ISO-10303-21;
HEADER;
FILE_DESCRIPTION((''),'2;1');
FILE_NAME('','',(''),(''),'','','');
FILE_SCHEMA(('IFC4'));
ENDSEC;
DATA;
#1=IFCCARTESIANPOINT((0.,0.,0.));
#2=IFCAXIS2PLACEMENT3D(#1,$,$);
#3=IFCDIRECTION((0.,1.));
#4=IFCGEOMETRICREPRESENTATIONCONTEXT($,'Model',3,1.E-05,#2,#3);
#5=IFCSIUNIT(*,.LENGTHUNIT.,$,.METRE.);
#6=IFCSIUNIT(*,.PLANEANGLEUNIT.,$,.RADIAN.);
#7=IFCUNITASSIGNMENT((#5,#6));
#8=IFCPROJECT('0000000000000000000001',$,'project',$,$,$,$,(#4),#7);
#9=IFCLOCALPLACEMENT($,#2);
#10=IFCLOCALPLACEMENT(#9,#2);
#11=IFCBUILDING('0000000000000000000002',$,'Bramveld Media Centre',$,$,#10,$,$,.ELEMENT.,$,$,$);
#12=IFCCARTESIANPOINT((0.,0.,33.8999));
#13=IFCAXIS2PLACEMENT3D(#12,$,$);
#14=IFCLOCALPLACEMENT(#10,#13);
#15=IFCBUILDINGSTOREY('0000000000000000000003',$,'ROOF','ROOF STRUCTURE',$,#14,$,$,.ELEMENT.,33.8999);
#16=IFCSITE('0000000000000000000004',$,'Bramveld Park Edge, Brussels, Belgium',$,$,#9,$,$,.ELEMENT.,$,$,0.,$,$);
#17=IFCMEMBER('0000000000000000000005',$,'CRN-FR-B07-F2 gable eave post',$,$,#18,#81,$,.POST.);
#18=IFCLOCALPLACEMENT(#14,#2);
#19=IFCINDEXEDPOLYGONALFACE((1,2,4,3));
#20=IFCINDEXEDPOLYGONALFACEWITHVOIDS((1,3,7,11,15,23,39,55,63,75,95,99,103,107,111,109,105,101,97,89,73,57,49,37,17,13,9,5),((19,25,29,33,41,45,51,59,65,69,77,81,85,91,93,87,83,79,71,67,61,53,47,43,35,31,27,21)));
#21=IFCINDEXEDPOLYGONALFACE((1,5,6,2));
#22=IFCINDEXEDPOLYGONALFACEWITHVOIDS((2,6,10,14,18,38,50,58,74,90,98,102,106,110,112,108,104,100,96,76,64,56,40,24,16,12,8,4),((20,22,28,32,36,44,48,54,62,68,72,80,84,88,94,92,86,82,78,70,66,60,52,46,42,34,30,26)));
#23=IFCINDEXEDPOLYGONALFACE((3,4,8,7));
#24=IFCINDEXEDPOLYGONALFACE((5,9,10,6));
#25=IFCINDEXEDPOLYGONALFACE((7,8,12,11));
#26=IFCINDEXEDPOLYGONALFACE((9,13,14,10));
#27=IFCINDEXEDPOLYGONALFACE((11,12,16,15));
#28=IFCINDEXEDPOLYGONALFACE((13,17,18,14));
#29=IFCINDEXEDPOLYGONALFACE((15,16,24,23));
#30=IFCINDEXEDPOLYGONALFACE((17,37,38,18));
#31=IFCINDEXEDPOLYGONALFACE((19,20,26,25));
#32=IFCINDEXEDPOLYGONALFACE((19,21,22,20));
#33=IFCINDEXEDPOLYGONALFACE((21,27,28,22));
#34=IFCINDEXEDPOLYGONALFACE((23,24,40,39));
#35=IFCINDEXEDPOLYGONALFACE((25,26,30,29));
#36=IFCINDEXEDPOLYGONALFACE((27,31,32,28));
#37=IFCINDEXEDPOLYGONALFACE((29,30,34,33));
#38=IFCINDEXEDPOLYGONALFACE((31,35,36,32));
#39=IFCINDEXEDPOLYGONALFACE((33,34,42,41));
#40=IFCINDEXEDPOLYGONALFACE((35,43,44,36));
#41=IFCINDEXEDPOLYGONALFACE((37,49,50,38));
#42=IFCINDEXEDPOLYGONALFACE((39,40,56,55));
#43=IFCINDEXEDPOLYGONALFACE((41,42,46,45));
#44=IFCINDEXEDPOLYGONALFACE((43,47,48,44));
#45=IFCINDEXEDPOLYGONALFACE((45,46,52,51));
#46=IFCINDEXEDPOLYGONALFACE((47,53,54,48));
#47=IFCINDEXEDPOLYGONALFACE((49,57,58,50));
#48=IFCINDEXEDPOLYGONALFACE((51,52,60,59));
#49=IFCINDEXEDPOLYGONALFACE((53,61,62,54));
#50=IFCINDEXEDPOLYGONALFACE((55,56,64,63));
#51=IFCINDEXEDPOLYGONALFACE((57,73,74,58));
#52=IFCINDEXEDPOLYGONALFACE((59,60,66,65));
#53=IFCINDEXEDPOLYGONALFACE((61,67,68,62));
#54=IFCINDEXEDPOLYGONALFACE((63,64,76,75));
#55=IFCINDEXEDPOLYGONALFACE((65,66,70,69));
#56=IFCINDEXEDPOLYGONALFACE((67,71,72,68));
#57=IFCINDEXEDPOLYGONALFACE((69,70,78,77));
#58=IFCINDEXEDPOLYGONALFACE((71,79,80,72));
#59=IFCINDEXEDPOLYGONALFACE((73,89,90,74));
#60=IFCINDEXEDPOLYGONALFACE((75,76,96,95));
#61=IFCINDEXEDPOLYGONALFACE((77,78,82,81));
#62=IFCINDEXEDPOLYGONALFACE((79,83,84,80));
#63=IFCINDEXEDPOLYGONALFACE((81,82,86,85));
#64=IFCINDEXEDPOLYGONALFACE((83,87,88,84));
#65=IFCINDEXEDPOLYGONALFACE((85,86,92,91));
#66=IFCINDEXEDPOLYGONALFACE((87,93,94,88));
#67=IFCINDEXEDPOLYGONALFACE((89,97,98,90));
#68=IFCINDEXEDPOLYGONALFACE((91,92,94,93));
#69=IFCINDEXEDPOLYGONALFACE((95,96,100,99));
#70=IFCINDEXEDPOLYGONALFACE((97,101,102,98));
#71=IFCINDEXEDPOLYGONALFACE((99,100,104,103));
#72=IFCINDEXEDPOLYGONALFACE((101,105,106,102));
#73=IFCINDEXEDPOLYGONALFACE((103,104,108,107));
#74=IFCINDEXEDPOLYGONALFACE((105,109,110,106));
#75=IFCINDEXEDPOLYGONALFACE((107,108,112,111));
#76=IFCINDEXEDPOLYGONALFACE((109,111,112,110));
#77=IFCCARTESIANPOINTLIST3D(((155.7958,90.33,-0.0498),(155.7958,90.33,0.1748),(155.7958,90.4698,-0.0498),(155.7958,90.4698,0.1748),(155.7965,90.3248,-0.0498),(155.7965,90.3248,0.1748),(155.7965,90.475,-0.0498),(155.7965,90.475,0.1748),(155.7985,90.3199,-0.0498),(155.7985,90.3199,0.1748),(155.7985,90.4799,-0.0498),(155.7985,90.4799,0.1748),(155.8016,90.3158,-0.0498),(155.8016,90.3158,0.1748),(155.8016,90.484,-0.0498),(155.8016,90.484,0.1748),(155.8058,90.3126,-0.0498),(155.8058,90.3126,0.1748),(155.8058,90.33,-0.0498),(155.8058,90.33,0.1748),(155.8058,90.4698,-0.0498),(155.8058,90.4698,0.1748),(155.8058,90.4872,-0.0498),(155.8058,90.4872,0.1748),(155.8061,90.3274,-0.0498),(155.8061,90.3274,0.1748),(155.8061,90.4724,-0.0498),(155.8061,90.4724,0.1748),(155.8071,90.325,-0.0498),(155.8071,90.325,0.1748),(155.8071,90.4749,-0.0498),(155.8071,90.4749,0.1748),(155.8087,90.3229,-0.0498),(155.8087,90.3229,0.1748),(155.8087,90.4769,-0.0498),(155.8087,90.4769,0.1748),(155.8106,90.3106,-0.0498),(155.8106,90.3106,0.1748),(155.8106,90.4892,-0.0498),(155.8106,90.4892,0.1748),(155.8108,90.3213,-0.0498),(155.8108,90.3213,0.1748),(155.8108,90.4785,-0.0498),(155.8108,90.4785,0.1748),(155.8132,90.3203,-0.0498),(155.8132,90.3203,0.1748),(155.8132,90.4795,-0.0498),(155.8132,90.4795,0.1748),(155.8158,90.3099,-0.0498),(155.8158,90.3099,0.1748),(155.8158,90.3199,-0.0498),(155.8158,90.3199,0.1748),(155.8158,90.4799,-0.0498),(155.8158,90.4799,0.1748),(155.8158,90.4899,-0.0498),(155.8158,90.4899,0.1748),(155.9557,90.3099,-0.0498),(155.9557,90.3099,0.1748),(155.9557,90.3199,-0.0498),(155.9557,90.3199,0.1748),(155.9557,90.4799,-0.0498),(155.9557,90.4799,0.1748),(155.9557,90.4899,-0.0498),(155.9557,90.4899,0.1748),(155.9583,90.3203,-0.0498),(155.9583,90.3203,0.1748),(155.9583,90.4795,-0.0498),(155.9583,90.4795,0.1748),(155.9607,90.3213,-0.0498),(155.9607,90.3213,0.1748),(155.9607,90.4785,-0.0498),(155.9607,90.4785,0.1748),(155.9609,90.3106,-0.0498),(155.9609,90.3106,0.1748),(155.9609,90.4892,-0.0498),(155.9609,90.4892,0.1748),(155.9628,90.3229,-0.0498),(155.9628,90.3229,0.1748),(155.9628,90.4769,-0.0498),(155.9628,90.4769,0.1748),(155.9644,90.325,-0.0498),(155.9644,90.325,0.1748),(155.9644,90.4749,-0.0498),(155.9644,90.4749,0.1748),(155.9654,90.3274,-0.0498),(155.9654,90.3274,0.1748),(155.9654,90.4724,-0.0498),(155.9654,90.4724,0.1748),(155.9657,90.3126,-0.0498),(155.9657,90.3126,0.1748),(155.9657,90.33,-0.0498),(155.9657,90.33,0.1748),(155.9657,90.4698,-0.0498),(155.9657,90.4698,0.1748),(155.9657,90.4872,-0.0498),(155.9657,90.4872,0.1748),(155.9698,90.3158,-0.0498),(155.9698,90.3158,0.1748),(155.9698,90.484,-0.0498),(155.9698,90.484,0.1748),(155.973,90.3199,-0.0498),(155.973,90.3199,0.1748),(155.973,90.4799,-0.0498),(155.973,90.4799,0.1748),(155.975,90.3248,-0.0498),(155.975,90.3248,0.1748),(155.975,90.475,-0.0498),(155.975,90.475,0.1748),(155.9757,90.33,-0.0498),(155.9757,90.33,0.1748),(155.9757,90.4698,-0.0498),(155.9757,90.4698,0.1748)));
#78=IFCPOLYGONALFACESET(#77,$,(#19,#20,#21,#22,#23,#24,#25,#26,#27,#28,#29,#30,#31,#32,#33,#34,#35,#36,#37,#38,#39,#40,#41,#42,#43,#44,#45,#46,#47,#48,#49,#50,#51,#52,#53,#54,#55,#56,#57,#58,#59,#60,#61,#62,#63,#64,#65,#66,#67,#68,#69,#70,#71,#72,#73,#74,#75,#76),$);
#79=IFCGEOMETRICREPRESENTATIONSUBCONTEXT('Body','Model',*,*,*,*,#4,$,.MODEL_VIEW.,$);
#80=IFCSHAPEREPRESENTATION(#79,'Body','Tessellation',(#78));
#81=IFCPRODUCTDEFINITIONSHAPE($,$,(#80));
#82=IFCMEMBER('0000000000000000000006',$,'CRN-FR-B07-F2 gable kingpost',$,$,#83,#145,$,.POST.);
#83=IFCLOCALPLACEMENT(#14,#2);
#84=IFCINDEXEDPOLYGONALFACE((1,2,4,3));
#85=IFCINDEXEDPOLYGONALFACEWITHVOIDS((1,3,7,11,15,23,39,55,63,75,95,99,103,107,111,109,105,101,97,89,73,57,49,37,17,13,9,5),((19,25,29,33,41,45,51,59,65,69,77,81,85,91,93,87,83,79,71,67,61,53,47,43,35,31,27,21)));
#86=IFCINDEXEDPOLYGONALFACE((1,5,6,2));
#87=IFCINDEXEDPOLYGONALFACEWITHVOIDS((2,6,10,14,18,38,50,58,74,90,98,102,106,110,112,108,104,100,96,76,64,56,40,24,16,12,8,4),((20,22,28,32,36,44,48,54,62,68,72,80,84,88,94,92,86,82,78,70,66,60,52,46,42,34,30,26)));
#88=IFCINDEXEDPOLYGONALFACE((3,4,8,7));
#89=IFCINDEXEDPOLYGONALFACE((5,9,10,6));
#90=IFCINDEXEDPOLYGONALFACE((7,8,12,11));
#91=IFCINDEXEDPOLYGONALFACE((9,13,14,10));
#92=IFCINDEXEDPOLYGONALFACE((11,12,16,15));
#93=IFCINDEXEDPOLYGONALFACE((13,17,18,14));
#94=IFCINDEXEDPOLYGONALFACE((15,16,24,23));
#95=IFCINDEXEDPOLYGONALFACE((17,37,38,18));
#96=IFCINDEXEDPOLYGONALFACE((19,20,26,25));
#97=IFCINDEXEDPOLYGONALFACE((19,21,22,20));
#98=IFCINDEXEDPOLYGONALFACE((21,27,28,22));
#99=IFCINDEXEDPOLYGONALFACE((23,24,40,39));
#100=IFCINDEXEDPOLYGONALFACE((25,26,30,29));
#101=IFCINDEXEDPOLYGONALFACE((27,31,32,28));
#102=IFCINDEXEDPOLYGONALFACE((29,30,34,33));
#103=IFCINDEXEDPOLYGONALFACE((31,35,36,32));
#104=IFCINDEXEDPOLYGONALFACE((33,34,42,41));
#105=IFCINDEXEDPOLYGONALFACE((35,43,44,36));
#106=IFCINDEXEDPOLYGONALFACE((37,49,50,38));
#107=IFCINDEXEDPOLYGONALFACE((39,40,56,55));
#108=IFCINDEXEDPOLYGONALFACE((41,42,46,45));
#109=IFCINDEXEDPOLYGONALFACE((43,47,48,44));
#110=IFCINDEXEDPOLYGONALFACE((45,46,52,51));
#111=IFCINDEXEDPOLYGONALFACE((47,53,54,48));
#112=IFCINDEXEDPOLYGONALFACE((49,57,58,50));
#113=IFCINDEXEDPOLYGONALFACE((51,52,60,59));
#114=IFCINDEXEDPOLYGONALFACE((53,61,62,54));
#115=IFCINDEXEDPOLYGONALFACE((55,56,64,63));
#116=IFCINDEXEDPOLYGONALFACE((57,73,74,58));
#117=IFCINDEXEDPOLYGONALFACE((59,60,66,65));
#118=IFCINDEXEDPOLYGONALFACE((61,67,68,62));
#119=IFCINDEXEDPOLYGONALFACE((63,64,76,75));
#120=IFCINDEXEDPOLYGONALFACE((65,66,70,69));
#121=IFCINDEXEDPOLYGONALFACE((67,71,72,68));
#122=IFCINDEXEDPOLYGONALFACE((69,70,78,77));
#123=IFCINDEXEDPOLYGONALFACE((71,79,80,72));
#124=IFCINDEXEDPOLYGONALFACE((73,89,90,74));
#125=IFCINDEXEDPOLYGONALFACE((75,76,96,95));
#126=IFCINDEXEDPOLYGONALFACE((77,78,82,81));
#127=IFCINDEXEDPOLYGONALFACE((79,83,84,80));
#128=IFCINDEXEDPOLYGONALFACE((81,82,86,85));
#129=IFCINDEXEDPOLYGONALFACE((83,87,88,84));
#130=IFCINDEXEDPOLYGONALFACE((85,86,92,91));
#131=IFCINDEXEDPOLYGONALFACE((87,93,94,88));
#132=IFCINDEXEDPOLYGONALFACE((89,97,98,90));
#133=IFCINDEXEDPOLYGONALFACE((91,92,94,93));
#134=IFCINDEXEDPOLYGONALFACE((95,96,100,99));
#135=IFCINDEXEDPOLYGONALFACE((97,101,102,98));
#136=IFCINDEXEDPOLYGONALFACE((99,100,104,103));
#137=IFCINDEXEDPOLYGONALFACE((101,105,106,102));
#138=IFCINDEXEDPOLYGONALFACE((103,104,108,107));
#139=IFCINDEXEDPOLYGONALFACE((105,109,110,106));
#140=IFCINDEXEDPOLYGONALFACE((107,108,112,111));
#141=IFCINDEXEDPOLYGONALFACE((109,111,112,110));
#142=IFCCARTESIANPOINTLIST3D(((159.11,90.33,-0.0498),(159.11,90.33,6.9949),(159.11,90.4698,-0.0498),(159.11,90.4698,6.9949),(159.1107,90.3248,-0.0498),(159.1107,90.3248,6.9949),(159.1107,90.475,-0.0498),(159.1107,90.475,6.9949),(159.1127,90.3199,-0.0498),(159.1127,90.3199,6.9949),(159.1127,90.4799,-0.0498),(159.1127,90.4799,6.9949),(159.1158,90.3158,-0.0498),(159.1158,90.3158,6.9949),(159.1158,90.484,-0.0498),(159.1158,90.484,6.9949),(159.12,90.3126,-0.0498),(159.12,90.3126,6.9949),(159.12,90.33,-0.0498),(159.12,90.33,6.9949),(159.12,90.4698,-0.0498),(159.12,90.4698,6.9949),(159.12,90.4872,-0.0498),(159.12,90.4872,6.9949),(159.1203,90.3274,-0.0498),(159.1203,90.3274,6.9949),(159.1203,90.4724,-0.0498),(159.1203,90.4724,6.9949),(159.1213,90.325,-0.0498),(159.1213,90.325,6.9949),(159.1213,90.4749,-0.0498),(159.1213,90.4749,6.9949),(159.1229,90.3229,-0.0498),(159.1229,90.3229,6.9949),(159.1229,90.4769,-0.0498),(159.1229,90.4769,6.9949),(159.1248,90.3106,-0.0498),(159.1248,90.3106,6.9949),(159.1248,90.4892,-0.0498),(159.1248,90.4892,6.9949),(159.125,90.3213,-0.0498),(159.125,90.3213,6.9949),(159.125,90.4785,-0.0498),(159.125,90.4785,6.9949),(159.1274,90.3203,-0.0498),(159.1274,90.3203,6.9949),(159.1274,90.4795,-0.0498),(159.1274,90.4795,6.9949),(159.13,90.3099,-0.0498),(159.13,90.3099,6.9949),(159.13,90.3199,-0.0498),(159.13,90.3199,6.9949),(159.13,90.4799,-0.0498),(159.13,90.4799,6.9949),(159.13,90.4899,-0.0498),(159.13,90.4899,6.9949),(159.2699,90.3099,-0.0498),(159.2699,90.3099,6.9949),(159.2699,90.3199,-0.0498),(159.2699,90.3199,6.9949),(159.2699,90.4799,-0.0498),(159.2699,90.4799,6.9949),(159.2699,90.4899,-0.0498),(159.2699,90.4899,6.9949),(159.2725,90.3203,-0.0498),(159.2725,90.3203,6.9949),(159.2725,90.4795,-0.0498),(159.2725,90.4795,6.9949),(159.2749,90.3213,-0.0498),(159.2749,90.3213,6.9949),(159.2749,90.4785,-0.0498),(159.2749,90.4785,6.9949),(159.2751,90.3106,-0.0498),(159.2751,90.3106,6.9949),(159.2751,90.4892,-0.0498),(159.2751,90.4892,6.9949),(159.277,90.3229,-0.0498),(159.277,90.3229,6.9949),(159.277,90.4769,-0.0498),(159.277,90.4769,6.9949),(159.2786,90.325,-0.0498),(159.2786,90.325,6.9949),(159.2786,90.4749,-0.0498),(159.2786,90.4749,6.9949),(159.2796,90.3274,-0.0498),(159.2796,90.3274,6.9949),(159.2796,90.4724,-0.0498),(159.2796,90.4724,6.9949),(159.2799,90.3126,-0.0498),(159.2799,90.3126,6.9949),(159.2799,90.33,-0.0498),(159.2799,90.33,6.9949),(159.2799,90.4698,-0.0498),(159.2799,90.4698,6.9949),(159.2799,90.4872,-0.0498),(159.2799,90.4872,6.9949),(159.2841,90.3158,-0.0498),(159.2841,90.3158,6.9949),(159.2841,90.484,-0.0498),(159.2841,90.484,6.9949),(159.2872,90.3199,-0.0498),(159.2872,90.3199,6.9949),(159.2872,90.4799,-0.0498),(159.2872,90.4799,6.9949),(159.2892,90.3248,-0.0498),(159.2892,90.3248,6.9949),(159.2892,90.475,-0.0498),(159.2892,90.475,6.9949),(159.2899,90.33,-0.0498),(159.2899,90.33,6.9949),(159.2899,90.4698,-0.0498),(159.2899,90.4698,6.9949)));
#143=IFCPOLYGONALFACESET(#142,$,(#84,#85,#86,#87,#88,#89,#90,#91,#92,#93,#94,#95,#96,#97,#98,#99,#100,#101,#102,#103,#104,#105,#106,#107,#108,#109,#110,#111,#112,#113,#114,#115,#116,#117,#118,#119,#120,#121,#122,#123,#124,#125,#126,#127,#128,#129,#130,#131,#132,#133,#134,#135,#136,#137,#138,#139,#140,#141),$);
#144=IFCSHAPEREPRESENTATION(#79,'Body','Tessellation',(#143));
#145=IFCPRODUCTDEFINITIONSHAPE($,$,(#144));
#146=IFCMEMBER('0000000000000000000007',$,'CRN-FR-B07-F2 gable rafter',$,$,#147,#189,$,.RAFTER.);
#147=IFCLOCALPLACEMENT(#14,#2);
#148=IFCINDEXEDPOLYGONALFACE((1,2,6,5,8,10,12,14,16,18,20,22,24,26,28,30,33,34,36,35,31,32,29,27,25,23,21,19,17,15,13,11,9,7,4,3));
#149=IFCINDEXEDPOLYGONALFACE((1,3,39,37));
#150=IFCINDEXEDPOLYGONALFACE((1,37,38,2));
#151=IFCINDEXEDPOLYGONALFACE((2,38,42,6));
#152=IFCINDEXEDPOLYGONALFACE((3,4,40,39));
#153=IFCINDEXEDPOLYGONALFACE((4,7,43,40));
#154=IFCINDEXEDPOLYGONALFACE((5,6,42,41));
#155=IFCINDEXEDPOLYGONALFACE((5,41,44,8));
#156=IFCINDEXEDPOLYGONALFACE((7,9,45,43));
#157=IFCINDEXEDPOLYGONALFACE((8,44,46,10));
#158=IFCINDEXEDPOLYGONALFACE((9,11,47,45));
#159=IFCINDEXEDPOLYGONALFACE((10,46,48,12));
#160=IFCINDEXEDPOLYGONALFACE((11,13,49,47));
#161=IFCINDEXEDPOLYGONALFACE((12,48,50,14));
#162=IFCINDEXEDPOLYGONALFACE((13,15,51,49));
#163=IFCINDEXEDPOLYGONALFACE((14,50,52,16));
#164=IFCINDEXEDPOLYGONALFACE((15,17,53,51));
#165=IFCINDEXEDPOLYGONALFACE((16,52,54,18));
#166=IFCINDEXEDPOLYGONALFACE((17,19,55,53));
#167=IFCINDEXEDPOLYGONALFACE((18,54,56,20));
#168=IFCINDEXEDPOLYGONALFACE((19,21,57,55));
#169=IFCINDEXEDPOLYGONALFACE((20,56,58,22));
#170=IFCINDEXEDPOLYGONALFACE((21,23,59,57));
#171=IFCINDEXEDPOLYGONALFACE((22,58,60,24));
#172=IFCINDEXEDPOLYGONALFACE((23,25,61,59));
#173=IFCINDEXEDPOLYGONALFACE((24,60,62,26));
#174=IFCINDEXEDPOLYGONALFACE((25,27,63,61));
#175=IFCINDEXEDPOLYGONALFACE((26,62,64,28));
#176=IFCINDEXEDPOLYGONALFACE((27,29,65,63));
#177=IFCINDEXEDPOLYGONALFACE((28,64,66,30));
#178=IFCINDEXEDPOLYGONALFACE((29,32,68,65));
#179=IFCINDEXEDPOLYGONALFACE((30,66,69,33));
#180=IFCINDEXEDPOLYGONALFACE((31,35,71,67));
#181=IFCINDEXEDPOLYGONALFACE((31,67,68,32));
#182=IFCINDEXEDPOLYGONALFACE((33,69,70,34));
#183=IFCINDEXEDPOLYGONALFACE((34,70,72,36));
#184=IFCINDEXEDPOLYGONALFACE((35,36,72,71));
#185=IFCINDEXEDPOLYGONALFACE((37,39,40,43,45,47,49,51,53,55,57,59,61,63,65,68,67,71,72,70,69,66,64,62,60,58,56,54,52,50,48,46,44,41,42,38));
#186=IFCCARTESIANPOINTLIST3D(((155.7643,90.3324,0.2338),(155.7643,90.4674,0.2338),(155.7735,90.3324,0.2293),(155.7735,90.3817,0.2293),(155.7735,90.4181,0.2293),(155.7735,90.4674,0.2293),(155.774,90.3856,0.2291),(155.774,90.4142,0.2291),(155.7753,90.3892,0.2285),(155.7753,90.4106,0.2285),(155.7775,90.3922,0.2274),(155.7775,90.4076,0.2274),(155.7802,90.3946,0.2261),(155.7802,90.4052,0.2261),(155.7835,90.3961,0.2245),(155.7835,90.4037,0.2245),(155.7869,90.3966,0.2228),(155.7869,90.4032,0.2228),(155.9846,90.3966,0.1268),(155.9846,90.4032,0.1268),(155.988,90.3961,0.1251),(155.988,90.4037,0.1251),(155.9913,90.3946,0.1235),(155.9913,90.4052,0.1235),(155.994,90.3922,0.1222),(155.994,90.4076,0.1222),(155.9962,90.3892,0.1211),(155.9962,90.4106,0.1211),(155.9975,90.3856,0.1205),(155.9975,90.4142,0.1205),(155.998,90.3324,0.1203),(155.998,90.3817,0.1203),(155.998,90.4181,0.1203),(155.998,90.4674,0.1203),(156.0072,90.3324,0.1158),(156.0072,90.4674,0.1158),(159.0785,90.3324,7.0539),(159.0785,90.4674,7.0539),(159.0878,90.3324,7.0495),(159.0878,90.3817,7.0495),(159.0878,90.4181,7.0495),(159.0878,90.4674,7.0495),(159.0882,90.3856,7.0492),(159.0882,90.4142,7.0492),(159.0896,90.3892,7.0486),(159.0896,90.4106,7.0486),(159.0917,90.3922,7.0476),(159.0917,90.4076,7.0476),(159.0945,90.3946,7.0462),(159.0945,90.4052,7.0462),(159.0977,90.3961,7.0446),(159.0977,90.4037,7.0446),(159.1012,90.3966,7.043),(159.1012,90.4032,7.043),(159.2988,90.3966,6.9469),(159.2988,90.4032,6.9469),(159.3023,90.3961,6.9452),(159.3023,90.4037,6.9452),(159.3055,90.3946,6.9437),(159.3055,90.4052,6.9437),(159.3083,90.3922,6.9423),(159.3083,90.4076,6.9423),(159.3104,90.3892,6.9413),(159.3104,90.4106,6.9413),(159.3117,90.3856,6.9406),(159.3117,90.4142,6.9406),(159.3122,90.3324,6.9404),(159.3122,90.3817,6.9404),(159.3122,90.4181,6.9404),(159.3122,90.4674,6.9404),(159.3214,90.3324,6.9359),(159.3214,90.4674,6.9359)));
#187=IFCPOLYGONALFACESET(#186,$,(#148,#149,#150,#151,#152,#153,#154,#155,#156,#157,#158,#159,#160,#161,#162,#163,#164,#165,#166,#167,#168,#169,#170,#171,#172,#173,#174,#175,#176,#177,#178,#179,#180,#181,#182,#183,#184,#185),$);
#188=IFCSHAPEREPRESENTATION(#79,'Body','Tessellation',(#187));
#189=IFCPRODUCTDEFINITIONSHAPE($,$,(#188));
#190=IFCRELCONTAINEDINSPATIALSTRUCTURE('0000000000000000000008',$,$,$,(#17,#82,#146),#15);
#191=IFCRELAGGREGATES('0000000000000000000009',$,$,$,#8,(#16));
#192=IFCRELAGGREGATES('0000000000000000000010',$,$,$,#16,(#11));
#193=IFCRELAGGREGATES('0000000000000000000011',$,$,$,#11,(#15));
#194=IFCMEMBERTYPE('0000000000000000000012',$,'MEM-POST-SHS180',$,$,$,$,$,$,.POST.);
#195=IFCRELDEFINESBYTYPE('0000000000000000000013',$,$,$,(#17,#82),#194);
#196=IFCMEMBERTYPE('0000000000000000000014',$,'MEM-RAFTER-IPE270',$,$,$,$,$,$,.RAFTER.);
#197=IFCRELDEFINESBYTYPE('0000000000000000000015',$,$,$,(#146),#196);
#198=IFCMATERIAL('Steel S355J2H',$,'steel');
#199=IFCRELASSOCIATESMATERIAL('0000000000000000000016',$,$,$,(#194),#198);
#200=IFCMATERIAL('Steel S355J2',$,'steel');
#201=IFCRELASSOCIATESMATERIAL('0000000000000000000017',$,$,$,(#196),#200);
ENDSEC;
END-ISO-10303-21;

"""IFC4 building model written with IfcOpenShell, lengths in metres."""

from ifc_helpers import new_model, si_unit, direction, frame, origin, origin_2d, place, context, subcontext, project, spatial, hollow_rectangle, i_section, extrude, material, material_profile, profile_set, type_object, element, save


model = new_model("IFC4")

# Units and contexts
model_context = context("Model", 3, precision=1e-05, world=origin(), true_north=direction((0.0, 1.0)))
body_context = subcontext(model_context, "Body", "Model", "MODEL_VIEW")
ifc_project = project(units=[si_unit("LENGTHUNIT", "METRE"), si_unit("PLANEANGLEUNIT", "RADIAN")], contexts=[model_context])

# Site, building, storey
site_placement = place(None, origin())
site = spatial("IfcSite", under=ifc_project, at=site_placement, Name="Bramveld Park Edge, Brussels, Belgium", CompositionType="ELEMENT", RefElevation=0.0)
building_placement = place(site_placement, origin())
building = spatial("IfcBuilding", under=site, at=building_placement, Name="Bramveld Media Centre", CompositionType="ELEMENT")
storey_placement = place(building_placement, frame((0.0, 0.0, 33.8999)))
storey = spatial("IfcBuildingStorey", under=building, at=storey_placement, Name="ROOF", Description="ROOF STRUCTURE", CompositionType="ELEMENT", Elevation=33.8999)

# Members
ifc_material_1 = material(Name="Steel S355J2H", Category="steel")
ifc_material_profile_1 = material_profile(ifc_material_1, hollow_rectangle(XDim=0.1799, YDim=0.1799, WallThickness=0.01, InnerFilletRadius=0.01, OuterFilletRadius=0.02, at=origin_2d()), Name="SHS 180x180x10")
ifc_profile_set_1 = profile_set([ifc_material_profile_1], Name="Steel S355J2H")
member_type_1 = type_object("IfcMemberType", Name="MEM-POST-SHS180", PredefinedType="POST", material=ifc_profile_set_1)
member_1_placement = place(storey_placement, frame((155.8857, 90.3999, -0.0498), z_axis=(0.0, 0.0, 1.0), x_axis=(1.0, 0.0, 0.0)))
element("IfcMember", 1, at=member_1_placement, inside=storey, type_object=member_type_1, Name="CRN-FR-B07-F2 gable eave post", PredefinedType="POST", context=body_context, shape_type="SweptSolid", body=[
    extrude(hollow_rectangle(XDim=0.1799, YDim=0.1799, WallThickness=0.01, InnerFilletRadius=0.01, OuterFilletRadius=0.02, at=origin_2d()), origin(), (0.0, 0.0, 1.0), 0.2246),
])
member_2_placement = place(storey_placement, frame((159.2, 90.3999, -0.0498), z_axis=(0.0, 0.0, 1.0), x_axis=(1.0, 0.0, 0.0)))
element("IfcMember", 2, at=member_2_placement, inside=storey, type_object=member_type_1, Name="CRN-FR-B07-F2 gable kingpost", PredefinedType="POST", context=body_context, shape_type="SweptSolid", body=[
    extrude(hollow_rectangle(XDim=0.1799, YDim=0.1799, WallThickness=0.01, InnerFilletRadius=0.01, OuterFilletRadius=0.02, at=origin_2d()), origin(), (0.0, 0.0, 1.0), 7.0447),
])
ifc_material_2 = material(Name="Steel S355J2", Category="steel")
ifc_material_profile_2 = material_profile(ifc_material_2, i_section(OverallWidth=0.135, OverallDepth=0.27, WebThickness=0.0066, FlangeThickness=0.0103, FilletRadius=0.0149, at=origin_2d()), Name="IPE 270")
ifc_profile_set_2 = profile_set([ifc_material_profile_2], Name="Steel S355J2")
member_type_2 = type_object("IfcMemberType", Name="MEM-RAFTER-IPE270", PredefinedType="RAFTER", material=ifc_profile_set_2)
member_3_placement = place(storey_placement, frame((155.8857, 90.3999, 0.1748), z_axis=(0.437075, 0.0, 0.899425), x_axis=(0.0, 1.0, 0.0)))
element("IfcMember", 3, at=member_3_placement, inside=storey, type_object=member_type_2, Name="CRN-FR-B07-F2 gable rafter", PredefinedType="RAFTER", context=body_context, shape_type="SweptSolid", body=[
    extrude(i_section(OverallWidth=0.135, OverallDepth=0.27, WebThickness=0.0066, FlangeThickness=0.0103, FilletRadius=0.0149, at=origin_2d()), origin(), (0.0, 0.0, 1.0), 7.5828),
])

save(model, "model.ifc")
